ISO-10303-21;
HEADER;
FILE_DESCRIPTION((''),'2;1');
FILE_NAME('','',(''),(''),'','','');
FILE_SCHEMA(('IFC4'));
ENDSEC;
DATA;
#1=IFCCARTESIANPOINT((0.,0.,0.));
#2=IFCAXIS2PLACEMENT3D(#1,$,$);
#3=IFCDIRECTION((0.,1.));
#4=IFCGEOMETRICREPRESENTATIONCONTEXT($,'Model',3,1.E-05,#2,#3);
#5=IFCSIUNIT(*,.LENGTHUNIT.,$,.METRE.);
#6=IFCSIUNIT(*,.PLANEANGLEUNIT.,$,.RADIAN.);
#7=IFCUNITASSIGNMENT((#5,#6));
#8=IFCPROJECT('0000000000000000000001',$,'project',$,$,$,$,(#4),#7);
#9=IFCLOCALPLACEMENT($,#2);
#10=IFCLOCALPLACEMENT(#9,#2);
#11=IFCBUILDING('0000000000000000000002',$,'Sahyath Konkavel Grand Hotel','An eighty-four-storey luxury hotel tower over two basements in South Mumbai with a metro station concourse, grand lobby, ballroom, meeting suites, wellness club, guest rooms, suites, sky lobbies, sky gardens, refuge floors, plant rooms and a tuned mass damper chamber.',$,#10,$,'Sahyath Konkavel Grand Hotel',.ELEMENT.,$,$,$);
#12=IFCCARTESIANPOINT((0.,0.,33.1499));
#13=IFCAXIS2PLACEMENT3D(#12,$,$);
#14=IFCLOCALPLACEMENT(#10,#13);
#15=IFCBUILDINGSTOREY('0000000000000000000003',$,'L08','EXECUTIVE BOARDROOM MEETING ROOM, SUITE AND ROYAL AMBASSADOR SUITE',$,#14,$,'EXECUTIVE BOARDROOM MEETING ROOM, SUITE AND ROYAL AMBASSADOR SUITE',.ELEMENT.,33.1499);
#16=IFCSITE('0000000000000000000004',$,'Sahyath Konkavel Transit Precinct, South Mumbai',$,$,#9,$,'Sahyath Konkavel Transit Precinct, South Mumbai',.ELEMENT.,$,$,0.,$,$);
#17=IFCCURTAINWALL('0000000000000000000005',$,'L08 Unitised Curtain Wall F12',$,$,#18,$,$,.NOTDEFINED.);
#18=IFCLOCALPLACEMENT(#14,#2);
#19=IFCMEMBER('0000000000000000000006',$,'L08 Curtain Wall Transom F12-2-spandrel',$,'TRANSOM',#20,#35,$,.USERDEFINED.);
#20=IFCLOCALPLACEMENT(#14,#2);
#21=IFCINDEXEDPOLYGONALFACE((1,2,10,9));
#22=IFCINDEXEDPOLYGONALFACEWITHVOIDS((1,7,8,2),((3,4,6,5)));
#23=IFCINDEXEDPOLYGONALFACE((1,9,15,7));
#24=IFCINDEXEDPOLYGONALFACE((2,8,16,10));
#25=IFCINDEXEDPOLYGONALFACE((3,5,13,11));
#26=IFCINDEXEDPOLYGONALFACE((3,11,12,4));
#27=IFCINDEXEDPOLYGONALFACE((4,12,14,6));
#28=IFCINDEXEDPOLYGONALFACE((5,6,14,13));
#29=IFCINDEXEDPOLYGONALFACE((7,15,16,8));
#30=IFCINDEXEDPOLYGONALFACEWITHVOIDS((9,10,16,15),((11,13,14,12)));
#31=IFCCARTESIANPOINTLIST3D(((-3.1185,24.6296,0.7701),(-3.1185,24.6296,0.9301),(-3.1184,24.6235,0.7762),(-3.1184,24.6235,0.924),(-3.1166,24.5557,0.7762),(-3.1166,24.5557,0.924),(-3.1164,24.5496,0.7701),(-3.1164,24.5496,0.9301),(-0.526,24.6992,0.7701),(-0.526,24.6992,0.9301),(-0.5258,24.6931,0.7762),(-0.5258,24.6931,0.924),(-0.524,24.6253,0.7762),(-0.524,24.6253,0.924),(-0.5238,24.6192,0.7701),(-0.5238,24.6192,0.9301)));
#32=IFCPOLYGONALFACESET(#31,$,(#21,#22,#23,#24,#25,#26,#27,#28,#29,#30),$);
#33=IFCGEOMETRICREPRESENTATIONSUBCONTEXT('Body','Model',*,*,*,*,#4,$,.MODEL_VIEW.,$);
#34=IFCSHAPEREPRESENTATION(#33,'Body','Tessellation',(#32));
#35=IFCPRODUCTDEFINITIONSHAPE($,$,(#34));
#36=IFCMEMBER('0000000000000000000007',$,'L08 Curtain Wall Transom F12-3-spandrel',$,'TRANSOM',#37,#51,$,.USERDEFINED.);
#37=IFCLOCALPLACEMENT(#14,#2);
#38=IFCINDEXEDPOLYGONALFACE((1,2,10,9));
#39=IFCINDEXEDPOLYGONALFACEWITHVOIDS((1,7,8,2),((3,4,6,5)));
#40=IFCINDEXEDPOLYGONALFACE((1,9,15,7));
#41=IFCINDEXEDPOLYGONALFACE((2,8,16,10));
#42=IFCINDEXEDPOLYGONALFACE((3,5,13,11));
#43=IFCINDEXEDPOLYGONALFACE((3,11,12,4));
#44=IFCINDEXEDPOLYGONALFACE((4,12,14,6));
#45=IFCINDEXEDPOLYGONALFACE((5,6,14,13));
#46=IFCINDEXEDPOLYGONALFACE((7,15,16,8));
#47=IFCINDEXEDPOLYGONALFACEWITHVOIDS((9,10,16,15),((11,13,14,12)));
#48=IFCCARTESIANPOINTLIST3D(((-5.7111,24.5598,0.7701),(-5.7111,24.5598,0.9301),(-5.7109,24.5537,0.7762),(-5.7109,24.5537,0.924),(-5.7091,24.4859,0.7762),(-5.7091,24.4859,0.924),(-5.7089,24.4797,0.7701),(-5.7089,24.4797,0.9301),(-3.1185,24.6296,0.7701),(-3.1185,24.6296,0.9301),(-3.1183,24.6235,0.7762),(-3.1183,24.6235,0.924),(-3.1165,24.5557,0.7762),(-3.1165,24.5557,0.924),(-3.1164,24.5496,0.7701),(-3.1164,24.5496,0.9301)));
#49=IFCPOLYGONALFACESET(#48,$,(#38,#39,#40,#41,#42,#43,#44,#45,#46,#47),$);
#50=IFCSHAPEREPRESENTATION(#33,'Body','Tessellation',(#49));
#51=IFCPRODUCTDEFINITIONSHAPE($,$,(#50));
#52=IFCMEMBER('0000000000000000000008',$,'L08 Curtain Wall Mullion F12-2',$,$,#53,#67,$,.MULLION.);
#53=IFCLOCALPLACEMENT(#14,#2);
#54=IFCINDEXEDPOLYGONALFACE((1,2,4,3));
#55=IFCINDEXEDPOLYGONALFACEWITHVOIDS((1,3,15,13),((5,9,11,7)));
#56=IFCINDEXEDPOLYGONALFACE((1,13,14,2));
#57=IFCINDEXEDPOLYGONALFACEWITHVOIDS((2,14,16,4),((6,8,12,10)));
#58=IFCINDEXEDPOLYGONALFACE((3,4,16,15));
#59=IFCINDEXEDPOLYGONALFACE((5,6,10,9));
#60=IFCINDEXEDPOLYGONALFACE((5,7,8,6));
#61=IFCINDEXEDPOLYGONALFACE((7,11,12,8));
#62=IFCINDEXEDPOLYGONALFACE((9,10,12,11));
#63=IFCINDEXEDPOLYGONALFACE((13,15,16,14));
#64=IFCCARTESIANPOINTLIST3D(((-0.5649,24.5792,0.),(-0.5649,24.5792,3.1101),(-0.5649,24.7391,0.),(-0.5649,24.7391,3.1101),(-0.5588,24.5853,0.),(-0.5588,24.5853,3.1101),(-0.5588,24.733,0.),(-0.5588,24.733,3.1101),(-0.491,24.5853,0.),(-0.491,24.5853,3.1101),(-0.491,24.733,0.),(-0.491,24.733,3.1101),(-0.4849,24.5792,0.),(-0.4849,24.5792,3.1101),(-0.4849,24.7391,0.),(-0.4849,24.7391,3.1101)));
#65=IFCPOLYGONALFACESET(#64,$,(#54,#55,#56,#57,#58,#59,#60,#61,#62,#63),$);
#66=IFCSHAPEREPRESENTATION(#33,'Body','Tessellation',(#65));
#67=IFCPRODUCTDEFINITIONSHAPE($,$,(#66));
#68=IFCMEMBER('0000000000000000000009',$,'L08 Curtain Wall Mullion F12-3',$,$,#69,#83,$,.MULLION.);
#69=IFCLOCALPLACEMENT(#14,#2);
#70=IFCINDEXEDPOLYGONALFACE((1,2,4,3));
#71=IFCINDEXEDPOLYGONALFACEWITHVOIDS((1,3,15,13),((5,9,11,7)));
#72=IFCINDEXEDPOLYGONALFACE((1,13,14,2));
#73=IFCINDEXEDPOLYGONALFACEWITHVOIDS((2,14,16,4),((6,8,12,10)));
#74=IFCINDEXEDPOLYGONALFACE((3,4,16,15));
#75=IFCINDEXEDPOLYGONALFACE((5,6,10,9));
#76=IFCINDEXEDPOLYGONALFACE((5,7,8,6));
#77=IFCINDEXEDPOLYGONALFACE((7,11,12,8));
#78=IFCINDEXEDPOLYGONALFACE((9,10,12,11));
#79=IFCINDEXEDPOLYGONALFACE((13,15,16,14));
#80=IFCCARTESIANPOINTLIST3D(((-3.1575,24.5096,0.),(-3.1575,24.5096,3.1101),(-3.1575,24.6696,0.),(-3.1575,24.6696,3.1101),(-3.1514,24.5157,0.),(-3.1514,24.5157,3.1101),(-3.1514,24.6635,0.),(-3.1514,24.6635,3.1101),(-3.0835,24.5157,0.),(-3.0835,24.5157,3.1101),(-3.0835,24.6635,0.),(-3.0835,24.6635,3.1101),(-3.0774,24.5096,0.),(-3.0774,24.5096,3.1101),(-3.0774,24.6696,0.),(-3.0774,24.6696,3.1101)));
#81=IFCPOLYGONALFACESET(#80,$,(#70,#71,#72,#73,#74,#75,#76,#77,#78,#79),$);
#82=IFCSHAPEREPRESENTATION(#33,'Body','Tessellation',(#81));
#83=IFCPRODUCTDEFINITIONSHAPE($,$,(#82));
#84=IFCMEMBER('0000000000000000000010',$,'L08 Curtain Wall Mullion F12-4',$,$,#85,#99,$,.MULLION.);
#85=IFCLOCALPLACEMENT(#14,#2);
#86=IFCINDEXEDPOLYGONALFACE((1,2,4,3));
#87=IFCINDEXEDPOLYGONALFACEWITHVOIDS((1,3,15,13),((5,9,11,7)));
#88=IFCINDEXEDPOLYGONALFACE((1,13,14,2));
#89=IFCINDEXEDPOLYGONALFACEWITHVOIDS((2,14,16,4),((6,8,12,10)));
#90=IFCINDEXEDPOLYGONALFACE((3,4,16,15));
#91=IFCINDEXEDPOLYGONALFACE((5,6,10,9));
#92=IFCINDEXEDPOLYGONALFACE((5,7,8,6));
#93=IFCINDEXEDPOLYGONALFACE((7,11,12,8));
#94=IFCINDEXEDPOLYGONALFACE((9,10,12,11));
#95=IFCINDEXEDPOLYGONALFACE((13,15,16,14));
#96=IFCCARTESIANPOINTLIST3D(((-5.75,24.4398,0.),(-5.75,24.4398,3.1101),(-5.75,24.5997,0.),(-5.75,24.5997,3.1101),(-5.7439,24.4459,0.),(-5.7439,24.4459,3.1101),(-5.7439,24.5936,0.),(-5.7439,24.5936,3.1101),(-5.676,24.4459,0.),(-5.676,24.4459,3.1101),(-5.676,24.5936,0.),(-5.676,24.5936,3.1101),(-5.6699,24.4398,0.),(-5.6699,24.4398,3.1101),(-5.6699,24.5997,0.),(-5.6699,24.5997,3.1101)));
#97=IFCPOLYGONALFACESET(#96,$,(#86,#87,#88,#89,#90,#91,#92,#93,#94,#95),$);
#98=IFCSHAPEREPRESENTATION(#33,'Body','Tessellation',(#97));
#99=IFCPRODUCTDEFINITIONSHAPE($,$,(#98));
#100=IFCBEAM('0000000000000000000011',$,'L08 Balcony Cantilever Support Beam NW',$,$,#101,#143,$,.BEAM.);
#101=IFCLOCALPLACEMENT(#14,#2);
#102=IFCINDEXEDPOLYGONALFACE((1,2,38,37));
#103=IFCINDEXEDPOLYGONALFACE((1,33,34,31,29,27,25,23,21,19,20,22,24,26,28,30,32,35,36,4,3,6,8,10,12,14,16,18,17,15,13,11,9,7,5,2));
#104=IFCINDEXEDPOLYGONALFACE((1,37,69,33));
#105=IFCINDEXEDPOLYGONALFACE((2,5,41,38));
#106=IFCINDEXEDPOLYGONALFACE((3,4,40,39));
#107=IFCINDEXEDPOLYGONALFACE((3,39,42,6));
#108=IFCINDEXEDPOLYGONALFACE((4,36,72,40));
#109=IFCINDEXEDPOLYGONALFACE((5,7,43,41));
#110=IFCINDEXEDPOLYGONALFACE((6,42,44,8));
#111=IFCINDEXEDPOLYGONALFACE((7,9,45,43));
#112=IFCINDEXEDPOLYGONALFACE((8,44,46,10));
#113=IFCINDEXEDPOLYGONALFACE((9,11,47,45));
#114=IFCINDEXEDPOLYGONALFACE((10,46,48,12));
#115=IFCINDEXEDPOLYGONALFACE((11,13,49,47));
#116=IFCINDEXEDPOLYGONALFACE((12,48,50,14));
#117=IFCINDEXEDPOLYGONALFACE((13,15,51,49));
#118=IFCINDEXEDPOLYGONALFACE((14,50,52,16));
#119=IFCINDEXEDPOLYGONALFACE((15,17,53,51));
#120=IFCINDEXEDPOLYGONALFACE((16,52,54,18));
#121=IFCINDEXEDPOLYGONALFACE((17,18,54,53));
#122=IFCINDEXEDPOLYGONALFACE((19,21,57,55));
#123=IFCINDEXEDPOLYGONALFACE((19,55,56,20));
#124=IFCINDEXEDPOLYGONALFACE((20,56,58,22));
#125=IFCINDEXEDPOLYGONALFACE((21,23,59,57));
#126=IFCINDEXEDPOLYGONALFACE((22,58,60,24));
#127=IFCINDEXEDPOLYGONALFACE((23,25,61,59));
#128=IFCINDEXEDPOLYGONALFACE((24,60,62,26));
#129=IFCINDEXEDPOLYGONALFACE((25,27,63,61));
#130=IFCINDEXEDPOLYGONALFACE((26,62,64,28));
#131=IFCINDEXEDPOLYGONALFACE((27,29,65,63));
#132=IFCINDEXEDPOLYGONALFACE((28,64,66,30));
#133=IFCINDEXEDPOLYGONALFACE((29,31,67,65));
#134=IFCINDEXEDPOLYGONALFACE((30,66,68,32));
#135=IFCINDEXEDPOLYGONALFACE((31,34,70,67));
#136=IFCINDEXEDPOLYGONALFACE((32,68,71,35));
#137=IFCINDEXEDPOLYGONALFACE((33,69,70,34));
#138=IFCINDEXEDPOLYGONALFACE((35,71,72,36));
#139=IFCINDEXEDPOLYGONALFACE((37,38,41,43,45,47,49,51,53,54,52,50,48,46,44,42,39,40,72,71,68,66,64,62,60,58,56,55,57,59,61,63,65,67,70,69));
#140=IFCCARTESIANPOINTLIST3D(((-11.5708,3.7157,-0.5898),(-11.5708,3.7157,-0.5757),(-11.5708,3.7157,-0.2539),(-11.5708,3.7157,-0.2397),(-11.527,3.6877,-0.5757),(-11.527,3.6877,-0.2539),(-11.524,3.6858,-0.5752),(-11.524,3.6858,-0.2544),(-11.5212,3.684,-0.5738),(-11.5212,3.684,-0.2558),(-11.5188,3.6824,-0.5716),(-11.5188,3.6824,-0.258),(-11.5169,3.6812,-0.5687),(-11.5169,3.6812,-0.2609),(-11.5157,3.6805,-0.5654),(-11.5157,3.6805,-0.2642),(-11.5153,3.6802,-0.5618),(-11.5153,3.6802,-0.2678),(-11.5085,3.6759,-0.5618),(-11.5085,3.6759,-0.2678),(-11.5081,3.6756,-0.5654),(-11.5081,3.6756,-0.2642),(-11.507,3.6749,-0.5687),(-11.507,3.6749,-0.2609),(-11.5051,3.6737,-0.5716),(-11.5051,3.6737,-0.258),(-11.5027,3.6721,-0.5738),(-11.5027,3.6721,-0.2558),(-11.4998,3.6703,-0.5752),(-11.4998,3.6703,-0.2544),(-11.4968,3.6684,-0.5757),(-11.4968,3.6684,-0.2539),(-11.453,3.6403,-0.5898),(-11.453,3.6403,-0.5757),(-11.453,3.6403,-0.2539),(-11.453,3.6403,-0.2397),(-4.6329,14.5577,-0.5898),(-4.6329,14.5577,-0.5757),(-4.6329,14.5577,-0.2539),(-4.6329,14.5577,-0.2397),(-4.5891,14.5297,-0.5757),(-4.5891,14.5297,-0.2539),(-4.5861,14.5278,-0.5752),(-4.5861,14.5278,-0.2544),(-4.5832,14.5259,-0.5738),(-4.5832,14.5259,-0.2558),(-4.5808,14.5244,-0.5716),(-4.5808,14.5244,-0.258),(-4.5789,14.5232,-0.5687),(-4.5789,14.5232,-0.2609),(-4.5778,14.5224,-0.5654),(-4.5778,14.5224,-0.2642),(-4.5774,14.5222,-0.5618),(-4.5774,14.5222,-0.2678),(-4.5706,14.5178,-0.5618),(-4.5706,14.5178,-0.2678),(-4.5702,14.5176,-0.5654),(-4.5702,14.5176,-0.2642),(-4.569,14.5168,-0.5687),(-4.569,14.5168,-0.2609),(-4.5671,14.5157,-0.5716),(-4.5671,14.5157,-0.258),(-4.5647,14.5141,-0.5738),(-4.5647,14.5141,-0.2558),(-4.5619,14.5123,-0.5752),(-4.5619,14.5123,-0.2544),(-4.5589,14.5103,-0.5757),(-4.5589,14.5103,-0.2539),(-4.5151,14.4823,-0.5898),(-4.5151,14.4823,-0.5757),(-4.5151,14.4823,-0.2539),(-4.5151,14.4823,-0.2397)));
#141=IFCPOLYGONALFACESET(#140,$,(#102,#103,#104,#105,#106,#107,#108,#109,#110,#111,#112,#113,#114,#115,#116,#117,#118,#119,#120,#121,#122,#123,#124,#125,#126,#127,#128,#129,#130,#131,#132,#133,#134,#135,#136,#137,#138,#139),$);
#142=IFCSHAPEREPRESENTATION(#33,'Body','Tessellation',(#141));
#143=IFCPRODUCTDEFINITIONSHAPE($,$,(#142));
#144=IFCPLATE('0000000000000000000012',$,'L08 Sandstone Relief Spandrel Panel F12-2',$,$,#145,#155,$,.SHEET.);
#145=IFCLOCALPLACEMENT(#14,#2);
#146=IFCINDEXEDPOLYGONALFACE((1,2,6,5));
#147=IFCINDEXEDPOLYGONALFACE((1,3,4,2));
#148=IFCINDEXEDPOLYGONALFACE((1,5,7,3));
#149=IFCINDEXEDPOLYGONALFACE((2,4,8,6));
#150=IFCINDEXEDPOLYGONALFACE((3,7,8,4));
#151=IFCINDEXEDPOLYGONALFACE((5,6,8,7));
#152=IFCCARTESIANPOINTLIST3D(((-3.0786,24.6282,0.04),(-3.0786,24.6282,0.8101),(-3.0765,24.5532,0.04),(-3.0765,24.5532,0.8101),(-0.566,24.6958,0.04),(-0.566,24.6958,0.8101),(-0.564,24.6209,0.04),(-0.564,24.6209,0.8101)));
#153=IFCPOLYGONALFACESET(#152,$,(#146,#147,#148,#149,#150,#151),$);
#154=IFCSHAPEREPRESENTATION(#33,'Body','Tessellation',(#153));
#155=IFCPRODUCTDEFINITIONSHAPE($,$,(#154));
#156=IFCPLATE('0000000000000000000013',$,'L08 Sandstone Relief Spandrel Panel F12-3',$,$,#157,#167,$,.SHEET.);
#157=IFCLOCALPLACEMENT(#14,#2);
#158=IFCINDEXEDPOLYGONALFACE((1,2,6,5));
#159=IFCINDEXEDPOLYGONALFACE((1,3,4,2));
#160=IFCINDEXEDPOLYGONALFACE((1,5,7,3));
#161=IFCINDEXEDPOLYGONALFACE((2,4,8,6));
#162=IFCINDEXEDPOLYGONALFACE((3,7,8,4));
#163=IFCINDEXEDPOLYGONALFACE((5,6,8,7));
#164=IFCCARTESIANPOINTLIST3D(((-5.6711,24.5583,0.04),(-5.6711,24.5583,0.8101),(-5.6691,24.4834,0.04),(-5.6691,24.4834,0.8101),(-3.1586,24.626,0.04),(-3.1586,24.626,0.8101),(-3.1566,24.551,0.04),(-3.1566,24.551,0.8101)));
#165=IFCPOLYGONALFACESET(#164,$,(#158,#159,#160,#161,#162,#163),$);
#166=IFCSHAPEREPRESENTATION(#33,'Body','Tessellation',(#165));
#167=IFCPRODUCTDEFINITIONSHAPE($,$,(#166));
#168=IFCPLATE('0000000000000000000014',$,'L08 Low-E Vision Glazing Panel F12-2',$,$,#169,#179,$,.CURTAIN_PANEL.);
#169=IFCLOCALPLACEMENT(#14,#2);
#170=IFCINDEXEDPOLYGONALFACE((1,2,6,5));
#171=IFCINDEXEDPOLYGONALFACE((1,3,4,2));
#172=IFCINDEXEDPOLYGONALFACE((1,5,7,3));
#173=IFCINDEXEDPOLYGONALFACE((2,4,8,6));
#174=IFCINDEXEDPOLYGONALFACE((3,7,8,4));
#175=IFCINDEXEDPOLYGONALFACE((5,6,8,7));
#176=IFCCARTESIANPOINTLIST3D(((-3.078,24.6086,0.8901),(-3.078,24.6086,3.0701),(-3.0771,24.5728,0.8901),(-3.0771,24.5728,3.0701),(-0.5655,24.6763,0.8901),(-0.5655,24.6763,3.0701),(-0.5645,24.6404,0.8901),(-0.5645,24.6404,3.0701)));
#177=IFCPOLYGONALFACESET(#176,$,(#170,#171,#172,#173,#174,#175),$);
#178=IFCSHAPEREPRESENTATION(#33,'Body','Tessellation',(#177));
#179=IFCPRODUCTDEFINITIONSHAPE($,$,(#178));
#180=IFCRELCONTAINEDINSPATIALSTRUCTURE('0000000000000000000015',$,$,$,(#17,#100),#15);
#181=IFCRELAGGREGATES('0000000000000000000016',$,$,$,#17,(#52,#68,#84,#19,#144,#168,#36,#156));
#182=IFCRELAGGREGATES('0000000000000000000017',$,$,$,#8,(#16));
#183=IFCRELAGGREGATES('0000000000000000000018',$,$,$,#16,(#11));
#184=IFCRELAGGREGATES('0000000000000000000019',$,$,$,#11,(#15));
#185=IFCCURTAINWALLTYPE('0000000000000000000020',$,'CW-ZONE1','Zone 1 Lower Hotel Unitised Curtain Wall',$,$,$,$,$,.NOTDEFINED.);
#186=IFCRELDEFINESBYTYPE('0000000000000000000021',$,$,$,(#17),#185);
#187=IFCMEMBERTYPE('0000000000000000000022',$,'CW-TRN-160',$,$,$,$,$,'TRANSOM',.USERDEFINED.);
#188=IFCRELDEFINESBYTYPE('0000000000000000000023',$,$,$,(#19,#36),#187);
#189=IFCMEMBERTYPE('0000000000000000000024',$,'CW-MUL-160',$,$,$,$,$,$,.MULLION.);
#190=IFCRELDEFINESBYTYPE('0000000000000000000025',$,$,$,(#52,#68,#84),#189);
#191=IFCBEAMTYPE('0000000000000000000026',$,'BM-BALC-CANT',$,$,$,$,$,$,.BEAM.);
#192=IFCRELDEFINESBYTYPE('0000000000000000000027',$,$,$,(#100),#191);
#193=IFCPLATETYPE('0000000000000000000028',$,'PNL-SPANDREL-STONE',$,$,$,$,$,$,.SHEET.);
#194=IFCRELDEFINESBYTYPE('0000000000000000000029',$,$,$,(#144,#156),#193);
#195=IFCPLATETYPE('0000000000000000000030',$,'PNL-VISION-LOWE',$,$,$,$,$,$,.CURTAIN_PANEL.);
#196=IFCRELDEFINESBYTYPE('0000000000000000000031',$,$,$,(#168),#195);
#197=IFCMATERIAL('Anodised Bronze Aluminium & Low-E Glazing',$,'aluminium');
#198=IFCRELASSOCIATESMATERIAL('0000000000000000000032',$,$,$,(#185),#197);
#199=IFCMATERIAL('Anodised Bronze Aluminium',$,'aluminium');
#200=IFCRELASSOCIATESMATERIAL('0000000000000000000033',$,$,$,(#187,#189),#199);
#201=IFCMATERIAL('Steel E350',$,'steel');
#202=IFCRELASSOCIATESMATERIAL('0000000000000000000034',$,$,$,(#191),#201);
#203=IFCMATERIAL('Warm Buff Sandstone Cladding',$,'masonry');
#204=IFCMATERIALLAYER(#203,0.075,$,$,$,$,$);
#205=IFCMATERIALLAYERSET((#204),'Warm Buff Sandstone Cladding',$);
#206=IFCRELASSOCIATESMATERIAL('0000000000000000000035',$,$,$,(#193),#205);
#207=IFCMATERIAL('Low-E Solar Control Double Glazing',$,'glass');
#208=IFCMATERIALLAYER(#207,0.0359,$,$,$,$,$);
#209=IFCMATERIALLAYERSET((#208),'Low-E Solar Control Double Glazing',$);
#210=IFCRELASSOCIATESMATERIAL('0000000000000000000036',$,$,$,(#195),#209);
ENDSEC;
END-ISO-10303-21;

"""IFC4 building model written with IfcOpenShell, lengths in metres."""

from ifc_helpers import new_model, si_unit, direction, frame, origin, origin_2d, place, context, subcontext, project, spatial, rectangle, hollow_rectangle, i_section, extrude, source, transform, mapped, material, layer, layer_set, material_profile, profile_set, type_object, element, aggregate, save


model = new_model("IFC4")

# Units and contexts
model_context = context("Model", 3, precision=1e-05, world=origin(), true_north=direction((0.0, 1.0)))
body_context = subcontext(model_context, "Body", "Model", "MODEL_VIEW")
ifc_project = project(units=[si_unit("LENGTHUNIT", "METRE"), si_unit("PLANEANGLEUNIT", "RADIAN")], contexts=[model_context])

# Site, building, storey
site_placement = place(None, origin())
site = spatial("IfcSite", under=ifc_project, at=site_placement, Name="Sahyath Konkavel Transit Precinct, South Mumbai", LongName="Sahyath Konkavel Transit Precinct, South Mumbai", CompositionType="ELEMENT", RefElevation=0.0)
building_placement = place(site_placement, origin())
building = spatial("IfcBuilding", under=site, at=building_placement, Name="Sahyath Konkavel Grand Hotel", Description="An eighty-four-storey luxury hotel tower over two basements in South Mumbai with a metro station concourse, grand lobby, ballroom, meeting suites, wellness club, guest rooms, suites, sky lobbies, sky gardens, refuge floors, plant rooms and a tuned mass damper chamber.", LongName="Sahyath Konkavel Grand Hotel", CompositionType="ELEMENT")
storey_placement = place(building_placement, frame((0.0, 0.0, 33.1499)))
storey = spatial("IfcBuildingStorey", under=building, at=storey_placement, Name="L08", Description="EXECUTIVE BOARDROOM MEETING ROOM, SUITE AND ROYAL AMBASSADOR SUITE", LongName="EXECUTIVE BOARDROOM MEETING ROOM, SUITE AND ROYAL AMBASSADOR SUITE", CompositionType="ELEMENT", Elevation=33.1499)

# Shared definitions
ifc_material_1 = material(Name="Steel E350", Category="steel")

# Curtain wall
ifc_material_2 = material(Name="Anodised Bronze Aluminium & Low-E Glazing", Category="aluminium")
curtain_wall_type = type_object("IfcCurtainWallType", Name="CW-ZONE1", Description="Zone 1 Lower Hotel Unitised Curtain Wall", PredefinedType="NOTDEFINED", material=ifc_material_2)
curtain_wall_1_placement = place(storey_placement, origin())
curtain_wall_1 = element("IfcCurtainWall", 1, at=curtain_wall_1_placement, inside=storey, type_object=curtain_wall_type, Name="L08 Unitised Curtain Wall F12", PredefinedType="NOTDEFINED")
ifc_material_3 = material(Name="Anodised Bronze Aluminium", Category="aluminium")
ifc_material_profile_1 = material_profile(ifc_material_3, hollow_rectangle(XDim=0.0801, YDim=0.1599, WallThickness=0.0061, at=origin_2d()), Name="RHS 160x80x6")
ifc_profile_set_1 = profile_set([ifc_material_profile_1], Name="Anodised Bronze Aluminium")
member_type_1 = type_object("IfcMemberType", Name="CW-TRN-160", ElementType="TRANSOM", PredefinedType="USERDEFINED", material=ifc_profile_set_1)

# Members
shared_shape_1 = source(origin(), body_context, "Body", "SweptSolid", [
    extrude(hollow_rectangle(XDim=0.0801, YDim=0.1599, WallThickness=0.0061, at=origin_2d()), origin(), (0.0, 0.0, 1.0), 2.5935),
])
member_1_placement = place(storey_placement, frame((-0.5249, 24.6592, 0.8501), z_axis=(-0.99964, -0.026829, 0.0), x_axis=(0.026829, -0.99964, 0.0)))
member_1 = element("IfcMember", 2, at=member_1_placement, type_object=member_type_1, Name="L08 Curtain Wall Transom F12-2-spandrel", ObjectType="TRANSOM", PredefinedType="USERDEFINED", context=body_context, shape_type="MappedRepresentation", body=[
    mapped(shared_shape_1, transform((0.0, 0.0, 0.0), scale=1.0)),
])
member_2_placement = place(storey_placement, frame((-3.1174, 24.5896, 0.8501), z_axis=(-0.999638, -0.026923, 0.0), x_axis=(0.026923, -0.999638, 0.0)))
member_2 = element("IfcMember", 3, at=member_2_placement, type_object=member_type_1, Name="L08 Curtain Wall Transom F12-3-spandrel", ObjectType="TRANSOM", PredefinedType="USERDEFINED", context=body_context, shape_type="MappedRepresentation", body=[
    mapped(shared_shape_1, transform((0.0, 0.0, 0.0), scale=1.0)),
])
ifc_material_profile_2 = material_profile(ifc_material_3, hollow_rectangle(XDim=0.0801, YDim=0.1599, WallThickness=0.0061, at=origin_2d()), Name="RHS 160x80x6")
ifc_profile_set_2 = profile_set([ifc_material_profile_2], Name="Anodised Bronze Aluminium")
member_type_2 = type_object("IfcMemberType", Name="CW-MUL-160", PredefinedType="MULLION", material=ifc_profile_set_2)
shared_shape_2 = source(origin(), body_context, "Body", "SweptSolid", [
    extrude(hollow_rectangle(XDim=0.0801, YDim=0.1599, WallThickness=0.0061, at=origin_2d()), origin(), (0.0, 0.0, 1.0), 3.1101),
])
member_3_placement = place(storey_placement, frame((-0.5249, 24.6592, 0.0), z_axis=(0.0, 0.0, 1.0), x_axis=(1.0, 0.0, 0.0)))
member_3 = element("IfcMember", 4, at=member_3_placement, type_object=member_type_2, Name="L08 Curtain Wall Mullion F12-2", PredefinedType="MULLION", context=body_context, shape_type="MappedRepresentation", body=[
    mapped(shared_shape_2, transform((0.0, 0.0, 0.0), scale=1.0)),
])
member_4_placement = place(storey_placement, frame((-3.1174, 24.5896, 0.0), z_axis=(0.0, 0.0, 1.0), x_axis=(1.0, 0.0, 0.0)))
member_4 = element("IfcMember", 5, at=member_4_placement, type_object=member_type_2, Name="L08 Curtain Wall Mullion F12-3", PredefinedType="MULLION", context=body_context, shape_type="MappedRepresentation", body=[
    mapped(shared_shape_2, transform((0.0, 0.0, 0.0), scale=1.0)),
])
member_5_placement = place(storey_placement, frame((-5.71, 24.5198, 0.0), z_axis=(0.0, 0.0, 1.0), x_axis=(1.0, 0.0, 0.0)))
member_5 = element("IfcMember", 6, at=member_5_placement, type_object=member_type_2, Name="L08 Curtain Wall Mullion F12-4", PredefinedType="MULLION", context=body_context, shape_type="MappedRepresentation", body=[
    mapped(shared_shape_2, transform((0.0, 0.0, 0.0), scale=1.0)),
])

# Beam
ifc_material_profile_3 = material_profile(ifc_material_1, i_section(OverallWidth=0.1399, OverallDepth=0.3501, WebThickness=0.0081, FlangeThickness=0.0142, FilletRadius=0.0139, at=origin_2d()), Name="ISMB 350")
ifc_profile_set_3 = profile_set([ifc_material_profile_3], Name="Steel E350")
beam_type_1 = type_object("IfcBeamType", Name="BM-BALC-CANT", PredefinedType="BEAM", material=ifc_profile_set_3)
shared_shape_3 = source(origin(), body_context, "Body", "SweptSolid", [
    extrude(i_section(OverallWidth=0.1399, OverallDepth=0.3501, WebThickness=0.0081, FlangeThickness=0.0142, FilletRadius=0.0139, at=origin_2d()), origin(), (0.0, 0.0, 1.0), 12.8718),
])
beam_1_placement = place(storey_placement, frame((-4.574, 14.52, -0.4148), z_axis=(-0.539003, -0.842304, 0.0), x_axis=(0.842304, -0.539003, 0.0)))
element("IfcBeam", 7, at=beam_1_placement, inside=storey, type_object=beam_type_1, Name="L08 Balcony Cantilever Support Beam NW", PredefinedType="BEAM", context=body_context, shape_type="MappedRepresentation", body=[
    mapped(shared_shape_3, transform((0.0, 0.0, 0.0), scale=1.0)),
])

# Plates
ifc_material_4 = material(Name="Warm Buff Sandstone Cladding", Category="masonry")
ifc_layer_1 = layer(ifc_material_4, 0.075)
ifc_layer_set_1 = layer_set([ifc_layer_1], Name="Warm Buff Sandstone Cladding")
plate_type_1 = type_object("IfcPlateType", Name="PNL-SPANDREL-STONE", PredefinedType="SHEET", material=ifc_layer_set_1)
shared_shape_4 = source(origin(), body_context, "Body", "SweptSolid", [
    extrude(rectangle(XDim=2.5134, YDim=0.075, at=origin_2d()), origin(), (0.0, 0.0, 1.0), 0.77),
])
plate_1_placement = place(storey_placement, frame((-1.8213, 24.6245, 0.04), z_axis=(0.0, 0.0, 1.0), x_axis=(-0.999638, -0.02691, 0.0)))
plate_1 = element("IfcPlate", 8, at=plate_1_placement, type_object=plate_type_1, Name="L08 Sandstone Relief Spandrel Panel F12-2", PredefinedType="SHEET", context=body_context, shape_type="MappedRepresentation", body=[
    mapped(shared_shape_4, transform((0.0, 0.0, 0.0), scale=1.0)),
])
plate_2_placement = place(storey_placement, frame((-4.4138, 24.5547, 0.04), z_axis=(0.0, 0.0, 1.0), x_axis=(-0.999638, -0.02691, 0.0)))
plate_2 = element("IfcPlate", 9, at=plate_2_placement, type_object=plate_type_1, Name="L08 Sandstone Relief Spandrel Panel F12-3", PredefinedType="SHEET", context=body_context, shape_type="MappedRepresentation", body=[
    mapped(shared_shape_4, transform((0.0, 0.0, 0.0), scale=1.0)),
])
ifc_material_5 = material(Name="Low-E Solar Control Double Glazing", Category="glass")
ifc_layer_2 = layer(ifc_material_5, 0.0359)
ifc_layer_set_2 = layer_set([ifc_layer_2], Name="Low-E Solar Control Double Glazing")
plate_type_2 = type_object("IfcPlateType", Name="PNL-VISION-LOWE", PredefinedType="CURTAIN_PANEL", material=ifc_layer_set_2)
shared_shape_5 = source(origin(), body_context, "Body", "SweptSolid", [
    extrude(rectangle(XDim=2.5134, YDim=0.0359, at=origin_2d()), origin(), (0.0, 0.0, 1.0), 2.1799),
])
plate_3_placement = place(storey_placement, frame((-1.8213, 24.6245, 0.8901), z_axis=(0.0, 0.0, 1.0), x_axis=(-0.999638, -0.02691, 0.0)))
plate_3 = element("IfcPlate", 10, at=plate_3_placement, type_object=plate_type_2, Name="L08 Low-E Vision Glazing Panel F12-2", PredefinedType="CURTAIN_PANEL", context=body_context, shape_type="MappedRepresentation", body=[
    mapped(shared_shape_5, transform((0.0, 0.0, 0.0), scale=1.0)),
])
aggregate(curtain_wall_1, [member_3, member_4, member_5, member_1, plate_1, plate_3, member_2, plate_2])

save(model, "model.ifc")
